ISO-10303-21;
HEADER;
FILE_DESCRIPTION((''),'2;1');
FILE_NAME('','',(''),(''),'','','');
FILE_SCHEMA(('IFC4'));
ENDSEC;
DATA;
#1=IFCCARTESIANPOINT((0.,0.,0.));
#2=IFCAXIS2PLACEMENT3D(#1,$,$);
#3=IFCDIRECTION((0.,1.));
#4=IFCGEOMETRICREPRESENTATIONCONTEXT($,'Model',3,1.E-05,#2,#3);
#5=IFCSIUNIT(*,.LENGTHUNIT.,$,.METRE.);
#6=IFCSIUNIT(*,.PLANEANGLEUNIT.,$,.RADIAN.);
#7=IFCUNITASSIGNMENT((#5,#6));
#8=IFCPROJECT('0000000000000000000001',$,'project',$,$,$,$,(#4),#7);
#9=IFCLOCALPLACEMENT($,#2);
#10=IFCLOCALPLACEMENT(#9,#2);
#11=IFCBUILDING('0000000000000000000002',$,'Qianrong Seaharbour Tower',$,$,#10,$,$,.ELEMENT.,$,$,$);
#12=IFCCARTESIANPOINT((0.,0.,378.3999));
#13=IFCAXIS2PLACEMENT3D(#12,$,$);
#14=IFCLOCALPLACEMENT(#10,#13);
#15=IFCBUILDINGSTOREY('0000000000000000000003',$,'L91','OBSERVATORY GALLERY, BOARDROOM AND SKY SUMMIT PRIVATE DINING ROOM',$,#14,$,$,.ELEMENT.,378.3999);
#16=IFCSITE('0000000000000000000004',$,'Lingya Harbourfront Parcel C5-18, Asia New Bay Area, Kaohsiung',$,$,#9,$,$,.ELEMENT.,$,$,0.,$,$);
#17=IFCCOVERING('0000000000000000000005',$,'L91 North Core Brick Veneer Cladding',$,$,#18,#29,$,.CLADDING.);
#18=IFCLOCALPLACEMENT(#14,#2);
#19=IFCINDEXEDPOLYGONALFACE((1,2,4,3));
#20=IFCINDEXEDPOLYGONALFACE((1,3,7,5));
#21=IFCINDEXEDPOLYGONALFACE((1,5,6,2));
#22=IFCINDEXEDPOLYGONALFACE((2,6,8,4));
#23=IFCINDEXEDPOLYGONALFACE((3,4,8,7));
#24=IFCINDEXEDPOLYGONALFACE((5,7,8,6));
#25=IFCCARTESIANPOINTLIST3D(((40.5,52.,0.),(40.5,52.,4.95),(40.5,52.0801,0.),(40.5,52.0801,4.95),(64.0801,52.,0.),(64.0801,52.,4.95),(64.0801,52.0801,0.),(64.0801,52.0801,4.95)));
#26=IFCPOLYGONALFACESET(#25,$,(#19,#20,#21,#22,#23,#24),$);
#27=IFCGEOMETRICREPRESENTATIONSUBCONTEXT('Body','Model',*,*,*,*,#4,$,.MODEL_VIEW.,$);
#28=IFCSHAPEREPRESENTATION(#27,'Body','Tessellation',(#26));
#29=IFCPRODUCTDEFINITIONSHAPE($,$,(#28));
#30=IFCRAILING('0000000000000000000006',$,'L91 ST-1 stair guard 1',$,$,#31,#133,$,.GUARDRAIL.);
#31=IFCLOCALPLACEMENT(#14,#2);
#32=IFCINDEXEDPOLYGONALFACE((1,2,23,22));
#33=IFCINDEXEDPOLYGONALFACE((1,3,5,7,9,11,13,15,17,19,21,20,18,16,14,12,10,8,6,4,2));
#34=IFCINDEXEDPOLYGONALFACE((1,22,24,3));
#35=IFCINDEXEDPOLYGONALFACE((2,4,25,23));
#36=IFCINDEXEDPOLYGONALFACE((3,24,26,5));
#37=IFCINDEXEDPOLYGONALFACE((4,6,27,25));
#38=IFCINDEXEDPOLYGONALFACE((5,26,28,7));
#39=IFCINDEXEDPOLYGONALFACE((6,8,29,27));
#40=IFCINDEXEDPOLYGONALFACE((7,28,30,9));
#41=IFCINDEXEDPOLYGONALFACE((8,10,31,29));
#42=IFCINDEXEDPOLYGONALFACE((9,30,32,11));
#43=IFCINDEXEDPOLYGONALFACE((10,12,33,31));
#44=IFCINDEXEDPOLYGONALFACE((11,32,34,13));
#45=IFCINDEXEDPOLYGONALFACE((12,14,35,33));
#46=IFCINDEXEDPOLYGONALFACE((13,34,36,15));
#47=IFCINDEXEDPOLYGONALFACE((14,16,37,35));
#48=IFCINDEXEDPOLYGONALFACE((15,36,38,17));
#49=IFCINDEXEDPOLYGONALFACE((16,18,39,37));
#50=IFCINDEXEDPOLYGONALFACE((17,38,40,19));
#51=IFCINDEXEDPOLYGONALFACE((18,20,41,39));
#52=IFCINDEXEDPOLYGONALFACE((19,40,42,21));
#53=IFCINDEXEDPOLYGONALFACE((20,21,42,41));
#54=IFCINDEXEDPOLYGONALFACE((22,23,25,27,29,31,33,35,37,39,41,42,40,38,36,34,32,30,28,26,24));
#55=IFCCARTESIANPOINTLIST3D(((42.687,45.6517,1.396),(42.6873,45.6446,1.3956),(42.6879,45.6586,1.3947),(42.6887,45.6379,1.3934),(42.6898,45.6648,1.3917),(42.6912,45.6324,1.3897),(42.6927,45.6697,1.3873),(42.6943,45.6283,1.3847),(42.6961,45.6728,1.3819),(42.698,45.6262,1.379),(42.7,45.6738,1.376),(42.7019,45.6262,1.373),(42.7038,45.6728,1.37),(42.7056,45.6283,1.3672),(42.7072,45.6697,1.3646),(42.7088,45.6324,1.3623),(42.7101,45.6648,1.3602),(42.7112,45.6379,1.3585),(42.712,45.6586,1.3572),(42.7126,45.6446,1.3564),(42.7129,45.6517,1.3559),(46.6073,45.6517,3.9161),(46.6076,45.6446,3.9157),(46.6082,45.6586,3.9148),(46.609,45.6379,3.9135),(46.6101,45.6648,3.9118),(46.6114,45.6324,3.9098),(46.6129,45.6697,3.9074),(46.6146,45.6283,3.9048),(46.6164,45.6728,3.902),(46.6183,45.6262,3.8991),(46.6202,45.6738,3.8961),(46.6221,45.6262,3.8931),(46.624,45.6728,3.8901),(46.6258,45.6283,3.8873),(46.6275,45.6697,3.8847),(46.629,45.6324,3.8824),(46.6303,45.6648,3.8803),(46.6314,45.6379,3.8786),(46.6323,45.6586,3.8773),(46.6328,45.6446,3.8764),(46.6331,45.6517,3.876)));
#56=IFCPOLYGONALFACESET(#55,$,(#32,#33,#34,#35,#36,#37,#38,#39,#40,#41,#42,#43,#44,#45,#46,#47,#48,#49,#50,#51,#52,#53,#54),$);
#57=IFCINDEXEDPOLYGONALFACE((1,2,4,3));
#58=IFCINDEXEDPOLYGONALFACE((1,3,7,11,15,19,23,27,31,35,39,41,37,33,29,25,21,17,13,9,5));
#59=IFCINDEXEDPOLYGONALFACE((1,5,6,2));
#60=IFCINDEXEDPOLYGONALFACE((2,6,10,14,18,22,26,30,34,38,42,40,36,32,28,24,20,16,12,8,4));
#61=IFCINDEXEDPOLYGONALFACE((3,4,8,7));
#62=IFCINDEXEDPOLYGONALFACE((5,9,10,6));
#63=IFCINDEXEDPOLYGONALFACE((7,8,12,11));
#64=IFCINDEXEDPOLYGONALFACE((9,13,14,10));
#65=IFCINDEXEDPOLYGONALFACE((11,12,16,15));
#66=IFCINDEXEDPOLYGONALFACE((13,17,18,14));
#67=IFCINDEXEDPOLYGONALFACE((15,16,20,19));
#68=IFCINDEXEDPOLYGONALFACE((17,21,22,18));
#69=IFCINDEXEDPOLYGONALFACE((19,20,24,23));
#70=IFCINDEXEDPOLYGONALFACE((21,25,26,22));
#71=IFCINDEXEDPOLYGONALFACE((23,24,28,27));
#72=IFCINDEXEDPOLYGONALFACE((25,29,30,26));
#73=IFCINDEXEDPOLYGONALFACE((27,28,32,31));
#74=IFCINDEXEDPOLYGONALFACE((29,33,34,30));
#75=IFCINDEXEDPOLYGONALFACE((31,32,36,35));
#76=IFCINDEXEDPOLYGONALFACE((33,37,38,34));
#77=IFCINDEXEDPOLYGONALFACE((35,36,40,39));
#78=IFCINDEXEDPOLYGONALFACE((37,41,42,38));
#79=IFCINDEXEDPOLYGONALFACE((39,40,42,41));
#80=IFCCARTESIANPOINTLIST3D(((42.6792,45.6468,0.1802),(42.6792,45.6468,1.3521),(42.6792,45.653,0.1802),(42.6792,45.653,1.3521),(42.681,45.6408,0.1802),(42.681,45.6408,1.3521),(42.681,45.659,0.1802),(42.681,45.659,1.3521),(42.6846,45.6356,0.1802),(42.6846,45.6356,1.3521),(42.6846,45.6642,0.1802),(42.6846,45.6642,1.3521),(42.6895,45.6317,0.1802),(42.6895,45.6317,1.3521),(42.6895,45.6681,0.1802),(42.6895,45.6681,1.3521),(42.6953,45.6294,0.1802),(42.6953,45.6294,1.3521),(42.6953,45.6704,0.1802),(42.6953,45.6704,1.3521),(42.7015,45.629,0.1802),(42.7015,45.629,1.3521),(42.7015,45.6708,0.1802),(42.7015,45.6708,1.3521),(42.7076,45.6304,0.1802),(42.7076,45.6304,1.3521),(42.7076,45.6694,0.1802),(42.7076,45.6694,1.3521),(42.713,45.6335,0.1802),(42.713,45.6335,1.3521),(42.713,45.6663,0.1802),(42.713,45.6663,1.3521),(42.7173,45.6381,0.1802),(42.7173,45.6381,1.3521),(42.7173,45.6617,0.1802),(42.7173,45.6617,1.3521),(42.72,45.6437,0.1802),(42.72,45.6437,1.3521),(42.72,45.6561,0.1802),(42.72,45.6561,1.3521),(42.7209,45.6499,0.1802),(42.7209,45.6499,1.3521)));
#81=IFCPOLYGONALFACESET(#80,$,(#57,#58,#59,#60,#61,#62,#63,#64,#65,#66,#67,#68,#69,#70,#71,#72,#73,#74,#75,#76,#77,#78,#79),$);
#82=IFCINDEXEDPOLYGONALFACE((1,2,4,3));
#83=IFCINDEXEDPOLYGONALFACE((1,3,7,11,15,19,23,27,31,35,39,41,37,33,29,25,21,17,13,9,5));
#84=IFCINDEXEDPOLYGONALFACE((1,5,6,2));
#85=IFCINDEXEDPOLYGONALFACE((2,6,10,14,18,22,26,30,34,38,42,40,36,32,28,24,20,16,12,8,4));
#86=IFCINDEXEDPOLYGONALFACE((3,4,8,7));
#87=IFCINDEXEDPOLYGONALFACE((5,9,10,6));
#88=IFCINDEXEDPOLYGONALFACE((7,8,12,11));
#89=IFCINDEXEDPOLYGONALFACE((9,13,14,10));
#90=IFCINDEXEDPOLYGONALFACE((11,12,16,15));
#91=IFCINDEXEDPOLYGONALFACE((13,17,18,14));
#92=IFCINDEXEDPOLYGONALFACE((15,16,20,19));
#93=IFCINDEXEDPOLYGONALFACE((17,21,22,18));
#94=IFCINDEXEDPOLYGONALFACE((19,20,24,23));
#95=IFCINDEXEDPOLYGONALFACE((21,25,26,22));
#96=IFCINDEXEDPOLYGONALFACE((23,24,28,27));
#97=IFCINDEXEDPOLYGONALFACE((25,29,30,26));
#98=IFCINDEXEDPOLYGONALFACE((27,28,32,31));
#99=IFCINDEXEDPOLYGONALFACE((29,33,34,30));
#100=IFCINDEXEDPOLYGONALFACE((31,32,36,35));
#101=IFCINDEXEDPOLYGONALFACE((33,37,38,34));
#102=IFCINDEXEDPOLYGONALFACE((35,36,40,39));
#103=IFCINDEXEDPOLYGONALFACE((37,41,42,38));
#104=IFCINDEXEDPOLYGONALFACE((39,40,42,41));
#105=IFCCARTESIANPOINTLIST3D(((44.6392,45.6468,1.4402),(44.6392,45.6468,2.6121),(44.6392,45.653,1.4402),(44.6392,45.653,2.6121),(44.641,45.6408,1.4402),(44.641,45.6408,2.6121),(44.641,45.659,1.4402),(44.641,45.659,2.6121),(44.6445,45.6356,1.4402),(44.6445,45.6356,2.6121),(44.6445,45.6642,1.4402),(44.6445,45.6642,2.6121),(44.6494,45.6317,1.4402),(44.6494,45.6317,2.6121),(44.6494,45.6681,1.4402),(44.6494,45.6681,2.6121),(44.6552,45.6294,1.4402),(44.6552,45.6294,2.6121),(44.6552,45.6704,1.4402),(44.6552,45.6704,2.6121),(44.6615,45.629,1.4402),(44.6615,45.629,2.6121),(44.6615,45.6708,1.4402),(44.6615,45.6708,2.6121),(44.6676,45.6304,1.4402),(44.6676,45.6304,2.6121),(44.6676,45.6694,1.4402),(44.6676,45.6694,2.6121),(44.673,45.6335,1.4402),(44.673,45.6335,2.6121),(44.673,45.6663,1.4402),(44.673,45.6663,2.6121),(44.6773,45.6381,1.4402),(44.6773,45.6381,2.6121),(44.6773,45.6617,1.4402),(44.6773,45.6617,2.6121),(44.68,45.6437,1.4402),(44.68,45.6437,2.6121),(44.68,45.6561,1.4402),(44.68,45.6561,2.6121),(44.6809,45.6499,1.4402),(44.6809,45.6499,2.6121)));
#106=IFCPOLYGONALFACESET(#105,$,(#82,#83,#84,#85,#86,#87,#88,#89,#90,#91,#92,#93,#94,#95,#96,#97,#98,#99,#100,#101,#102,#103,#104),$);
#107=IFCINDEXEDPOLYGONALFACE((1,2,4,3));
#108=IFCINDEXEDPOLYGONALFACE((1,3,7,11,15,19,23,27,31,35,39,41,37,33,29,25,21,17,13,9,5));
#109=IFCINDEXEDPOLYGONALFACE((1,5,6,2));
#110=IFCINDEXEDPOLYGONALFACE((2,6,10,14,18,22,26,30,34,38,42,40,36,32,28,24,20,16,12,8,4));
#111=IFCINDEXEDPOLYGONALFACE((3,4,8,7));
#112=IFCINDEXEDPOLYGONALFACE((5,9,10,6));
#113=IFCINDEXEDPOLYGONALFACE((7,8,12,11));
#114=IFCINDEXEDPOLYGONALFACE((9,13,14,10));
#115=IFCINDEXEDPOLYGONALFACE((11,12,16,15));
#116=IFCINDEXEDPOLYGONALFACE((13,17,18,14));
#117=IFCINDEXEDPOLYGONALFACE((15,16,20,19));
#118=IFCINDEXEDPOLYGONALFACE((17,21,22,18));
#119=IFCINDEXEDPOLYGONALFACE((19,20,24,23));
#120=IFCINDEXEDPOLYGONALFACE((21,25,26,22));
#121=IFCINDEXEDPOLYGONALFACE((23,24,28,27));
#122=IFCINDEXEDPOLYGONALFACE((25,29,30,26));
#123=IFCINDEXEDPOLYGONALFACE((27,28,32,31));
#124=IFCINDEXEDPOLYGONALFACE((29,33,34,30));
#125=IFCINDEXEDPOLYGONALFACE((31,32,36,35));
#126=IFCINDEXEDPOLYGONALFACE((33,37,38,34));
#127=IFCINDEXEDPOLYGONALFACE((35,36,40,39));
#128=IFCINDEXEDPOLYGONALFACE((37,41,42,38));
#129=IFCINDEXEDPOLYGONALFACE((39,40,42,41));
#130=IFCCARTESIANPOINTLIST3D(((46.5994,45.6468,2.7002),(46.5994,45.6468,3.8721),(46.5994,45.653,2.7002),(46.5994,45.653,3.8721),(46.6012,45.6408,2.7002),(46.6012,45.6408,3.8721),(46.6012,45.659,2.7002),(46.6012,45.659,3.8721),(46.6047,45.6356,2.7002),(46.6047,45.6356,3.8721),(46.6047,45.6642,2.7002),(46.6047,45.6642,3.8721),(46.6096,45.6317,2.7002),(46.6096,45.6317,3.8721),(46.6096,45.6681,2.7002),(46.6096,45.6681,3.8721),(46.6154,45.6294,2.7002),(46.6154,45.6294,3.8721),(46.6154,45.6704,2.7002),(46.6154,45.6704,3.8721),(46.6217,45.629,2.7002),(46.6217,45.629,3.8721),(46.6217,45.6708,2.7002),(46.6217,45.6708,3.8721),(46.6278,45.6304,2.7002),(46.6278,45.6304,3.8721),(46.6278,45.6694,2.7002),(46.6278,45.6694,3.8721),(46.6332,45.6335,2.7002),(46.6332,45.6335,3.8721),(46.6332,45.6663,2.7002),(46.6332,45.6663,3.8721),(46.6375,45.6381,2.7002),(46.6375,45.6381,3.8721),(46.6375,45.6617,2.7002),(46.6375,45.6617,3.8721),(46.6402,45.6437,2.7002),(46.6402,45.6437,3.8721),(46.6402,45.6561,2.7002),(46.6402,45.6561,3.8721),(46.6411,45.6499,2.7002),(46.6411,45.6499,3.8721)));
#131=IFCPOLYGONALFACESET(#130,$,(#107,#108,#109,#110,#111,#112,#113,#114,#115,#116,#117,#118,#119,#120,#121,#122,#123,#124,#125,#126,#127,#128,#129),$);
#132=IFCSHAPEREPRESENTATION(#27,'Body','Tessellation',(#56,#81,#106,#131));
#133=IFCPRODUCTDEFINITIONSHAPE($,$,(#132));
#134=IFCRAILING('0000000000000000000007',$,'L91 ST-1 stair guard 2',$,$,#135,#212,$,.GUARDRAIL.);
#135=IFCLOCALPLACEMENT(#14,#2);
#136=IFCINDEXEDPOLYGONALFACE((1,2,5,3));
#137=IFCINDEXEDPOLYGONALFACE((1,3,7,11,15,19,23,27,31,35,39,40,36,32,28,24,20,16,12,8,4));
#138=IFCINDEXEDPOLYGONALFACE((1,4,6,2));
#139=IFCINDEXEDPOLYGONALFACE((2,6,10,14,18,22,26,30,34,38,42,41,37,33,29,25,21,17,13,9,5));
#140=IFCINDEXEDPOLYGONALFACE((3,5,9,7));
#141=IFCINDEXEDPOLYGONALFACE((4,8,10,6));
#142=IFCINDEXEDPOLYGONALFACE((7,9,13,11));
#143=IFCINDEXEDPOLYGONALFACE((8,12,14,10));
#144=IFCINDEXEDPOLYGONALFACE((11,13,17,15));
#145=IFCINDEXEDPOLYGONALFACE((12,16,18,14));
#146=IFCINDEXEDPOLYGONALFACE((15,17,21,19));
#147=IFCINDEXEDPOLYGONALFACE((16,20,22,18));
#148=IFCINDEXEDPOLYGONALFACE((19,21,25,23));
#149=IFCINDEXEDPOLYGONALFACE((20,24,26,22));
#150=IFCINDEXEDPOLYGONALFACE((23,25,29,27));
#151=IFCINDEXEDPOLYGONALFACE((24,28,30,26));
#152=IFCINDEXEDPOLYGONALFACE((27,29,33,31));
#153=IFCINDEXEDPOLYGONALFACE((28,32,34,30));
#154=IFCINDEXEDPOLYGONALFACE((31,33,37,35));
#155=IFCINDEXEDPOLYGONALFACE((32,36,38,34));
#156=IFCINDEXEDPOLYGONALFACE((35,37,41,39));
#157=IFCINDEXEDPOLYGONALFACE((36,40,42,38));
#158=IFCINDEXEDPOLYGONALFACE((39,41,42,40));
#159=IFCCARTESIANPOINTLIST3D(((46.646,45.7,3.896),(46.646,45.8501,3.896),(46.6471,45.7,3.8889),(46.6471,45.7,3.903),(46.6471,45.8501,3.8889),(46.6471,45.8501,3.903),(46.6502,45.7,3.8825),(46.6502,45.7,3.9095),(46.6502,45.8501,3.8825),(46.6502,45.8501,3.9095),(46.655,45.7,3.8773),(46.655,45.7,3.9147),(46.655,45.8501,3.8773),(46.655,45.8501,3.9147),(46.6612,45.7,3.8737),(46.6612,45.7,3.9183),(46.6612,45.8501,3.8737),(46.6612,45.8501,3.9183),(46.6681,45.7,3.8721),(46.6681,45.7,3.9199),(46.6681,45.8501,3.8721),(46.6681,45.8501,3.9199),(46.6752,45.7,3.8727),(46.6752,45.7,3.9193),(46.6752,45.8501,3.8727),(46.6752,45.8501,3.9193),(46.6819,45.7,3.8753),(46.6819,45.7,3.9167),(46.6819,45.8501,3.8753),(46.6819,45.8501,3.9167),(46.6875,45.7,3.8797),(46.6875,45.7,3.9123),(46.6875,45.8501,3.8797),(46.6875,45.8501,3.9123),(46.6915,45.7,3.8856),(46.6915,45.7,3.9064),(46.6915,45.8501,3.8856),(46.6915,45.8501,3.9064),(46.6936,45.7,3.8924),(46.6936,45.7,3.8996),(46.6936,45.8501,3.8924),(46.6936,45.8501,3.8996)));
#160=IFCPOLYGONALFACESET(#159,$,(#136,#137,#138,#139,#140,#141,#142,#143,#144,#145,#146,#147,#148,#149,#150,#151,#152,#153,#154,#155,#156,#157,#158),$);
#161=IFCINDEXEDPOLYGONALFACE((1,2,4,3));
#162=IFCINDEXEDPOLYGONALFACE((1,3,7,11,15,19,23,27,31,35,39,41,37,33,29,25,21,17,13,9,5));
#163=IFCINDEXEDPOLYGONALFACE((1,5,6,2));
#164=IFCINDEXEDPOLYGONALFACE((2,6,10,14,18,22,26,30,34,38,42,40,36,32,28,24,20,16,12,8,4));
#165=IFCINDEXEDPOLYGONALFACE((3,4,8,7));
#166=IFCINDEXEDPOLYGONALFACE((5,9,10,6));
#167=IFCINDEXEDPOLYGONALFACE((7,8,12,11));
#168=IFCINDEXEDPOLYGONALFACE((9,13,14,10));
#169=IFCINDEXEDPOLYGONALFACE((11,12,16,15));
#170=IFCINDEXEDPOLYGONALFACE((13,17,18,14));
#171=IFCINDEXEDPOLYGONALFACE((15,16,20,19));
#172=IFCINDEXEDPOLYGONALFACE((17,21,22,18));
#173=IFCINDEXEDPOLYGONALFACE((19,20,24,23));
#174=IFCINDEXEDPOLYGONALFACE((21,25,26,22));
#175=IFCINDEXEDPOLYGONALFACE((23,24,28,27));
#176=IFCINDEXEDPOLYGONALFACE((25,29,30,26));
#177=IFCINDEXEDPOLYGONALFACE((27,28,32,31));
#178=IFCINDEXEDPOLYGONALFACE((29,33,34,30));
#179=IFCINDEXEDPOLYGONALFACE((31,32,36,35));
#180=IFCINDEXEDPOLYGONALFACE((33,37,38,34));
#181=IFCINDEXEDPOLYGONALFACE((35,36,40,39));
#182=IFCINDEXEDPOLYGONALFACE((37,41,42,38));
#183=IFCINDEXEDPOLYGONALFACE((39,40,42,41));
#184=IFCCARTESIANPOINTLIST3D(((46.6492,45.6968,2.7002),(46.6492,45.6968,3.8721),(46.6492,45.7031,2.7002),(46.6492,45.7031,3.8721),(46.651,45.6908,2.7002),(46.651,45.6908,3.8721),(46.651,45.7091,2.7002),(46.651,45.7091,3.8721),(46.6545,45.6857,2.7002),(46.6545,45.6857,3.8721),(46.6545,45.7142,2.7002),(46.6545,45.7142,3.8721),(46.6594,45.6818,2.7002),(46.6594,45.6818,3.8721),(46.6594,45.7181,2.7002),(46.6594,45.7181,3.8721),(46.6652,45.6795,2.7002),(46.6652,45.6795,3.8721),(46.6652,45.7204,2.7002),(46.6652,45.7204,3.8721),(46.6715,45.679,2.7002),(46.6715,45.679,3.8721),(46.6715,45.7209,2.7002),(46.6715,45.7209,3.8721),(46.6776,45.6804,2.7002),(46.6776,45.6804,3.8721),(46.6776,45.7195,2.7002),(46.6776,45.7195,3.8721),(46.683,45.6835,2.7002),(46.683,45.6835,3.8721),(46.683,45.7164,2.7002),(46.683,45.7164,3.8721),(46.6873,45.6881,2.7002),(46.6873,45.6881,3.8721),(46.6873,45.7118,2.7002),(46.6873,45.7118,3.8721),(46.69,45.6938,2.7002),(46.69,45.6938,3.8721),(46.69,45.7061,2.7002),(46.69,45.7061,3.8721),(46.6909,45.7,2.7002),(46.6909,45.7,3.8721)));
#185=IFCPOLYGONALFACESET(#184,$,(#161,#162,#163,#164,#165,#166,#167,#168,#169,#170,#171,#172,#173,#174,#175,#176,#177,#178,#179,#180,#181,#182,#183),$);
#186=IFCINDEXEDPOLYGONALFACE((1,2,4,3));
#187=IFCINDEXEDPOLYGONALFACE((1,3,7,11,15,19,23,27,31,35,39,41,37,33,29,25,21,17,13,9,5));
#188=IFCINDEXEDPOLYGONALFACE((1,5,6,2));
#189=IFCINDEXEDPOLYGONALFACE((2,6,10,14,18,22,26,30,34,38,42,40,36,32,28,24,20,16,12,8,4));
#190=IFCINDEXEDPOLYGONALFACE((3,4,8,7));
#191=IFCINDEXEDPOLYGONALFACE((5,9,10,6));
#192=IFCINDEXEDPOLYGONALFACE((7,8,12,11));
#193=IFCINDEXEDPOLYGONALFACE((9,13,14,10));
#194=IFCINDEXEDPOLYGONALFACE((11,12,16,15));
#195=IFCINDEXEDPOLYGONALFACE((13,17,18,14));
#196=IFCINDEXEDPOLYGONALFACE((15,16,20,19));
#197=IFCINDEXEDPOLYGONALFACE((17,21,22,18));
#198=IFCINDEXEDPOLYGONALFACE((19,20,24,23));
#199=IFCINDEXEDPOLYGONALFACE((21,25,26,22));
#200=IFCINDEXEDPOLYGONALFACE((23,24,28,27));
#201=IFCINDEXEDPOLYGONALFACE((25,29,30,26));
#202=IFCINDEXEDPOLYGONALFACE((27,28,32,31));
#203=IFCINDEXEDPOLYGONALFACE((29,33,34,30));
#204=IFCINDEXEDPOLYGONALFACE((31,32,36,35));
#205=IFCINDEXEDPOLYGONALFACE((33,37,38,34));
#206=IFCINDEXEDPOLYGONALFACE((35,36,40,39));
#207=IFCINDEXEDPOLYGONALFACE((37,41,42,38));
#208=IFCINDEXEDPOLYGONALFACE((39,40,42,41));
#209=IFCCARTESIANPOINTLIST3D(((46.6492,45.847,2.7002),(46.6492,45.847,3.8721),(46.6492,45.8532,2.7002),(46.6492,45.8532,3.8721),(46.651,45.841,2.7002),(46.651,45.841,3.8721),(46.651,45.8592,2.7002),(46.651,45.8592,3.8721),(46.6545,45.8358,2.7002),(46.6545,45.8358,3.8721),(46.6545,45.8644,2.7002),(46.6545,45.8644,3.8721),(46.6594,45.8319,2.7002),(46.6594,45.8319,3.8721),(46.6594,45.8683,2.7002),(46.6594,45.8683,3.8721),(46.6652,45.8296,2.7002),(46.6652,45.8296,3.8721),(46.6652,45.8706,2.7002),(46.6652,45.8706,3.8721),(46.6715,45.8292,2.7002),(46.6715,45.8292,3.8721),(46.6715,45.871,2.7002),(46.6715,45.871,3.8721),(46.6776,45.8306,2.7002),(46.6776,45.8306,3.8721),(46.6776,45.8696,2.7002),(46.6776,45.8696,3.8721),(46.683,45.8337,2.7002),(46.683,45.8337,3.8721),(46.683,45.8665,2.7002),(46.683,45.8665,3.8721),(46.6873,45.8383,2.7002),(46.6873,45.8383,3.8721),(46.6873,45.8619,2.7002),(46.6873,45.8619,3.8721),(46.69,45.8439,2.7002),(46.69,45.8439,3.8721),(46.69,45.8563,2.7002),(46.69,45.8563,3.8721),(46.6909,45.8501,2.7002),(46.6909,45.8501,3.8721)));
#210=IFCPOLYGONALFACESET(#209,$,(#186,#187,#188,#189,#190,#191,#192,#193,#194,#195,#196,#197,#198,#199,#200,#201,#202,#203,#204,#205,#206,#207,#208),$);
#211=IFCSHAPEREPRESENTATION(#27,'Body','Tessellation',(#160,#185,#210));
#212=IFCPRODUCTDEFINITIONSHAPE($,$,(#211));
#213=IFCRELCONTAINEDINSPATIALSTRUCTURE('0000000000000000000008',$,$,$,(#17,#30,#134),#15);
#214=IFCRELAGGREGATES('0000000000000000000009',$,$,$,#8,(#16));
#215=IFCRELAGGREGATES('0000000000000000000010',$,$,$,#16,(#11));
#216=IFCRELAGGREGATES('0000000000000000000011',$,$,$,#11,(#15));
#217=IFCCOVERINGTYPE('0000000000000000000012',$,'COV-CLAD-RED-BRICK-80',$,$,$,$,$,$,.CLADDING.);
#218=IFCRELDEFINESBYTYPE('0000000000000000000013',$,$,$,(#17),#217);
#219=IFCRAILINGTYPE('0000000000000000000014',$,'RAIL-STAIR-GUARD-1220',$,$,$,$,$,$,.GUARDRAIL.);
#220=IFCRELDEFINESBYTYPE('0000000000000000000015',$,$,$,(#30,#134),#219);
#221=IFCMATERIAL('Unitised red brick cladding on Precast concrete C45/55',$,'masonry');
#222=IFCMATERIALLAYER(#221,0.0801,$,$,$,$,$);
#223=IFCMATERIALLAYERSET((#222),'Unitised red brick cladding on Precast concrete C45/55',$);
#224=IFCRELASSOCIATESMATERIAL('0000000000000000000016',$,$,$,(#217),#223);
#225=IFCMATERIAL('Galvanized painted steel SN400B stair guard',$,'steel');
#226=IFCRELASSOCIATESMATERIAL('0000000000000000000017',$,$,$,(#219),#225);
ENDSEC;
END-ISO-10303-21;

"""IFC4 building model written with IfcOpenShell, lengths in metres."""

from ifc_helpers import new_model, si_unit, direction, frame, origin, origin_2d, place, context, subcontext, project, spatial, rectangle, circle, extrude, material, layer, layer_set, type_object, element, save


model = new_model("IFC4")

# Units and contexts
model_context = context("Model", 3, precision=1e-05, world=origin(), true_north=direction((0.0, 1.0)))
body_context = subcontext(model_context, "Body", "Model", "MODEL_VIEW")
ifc_project = project(units=[si_unit("LENGTHUNIT", "METRE"), si_unit("PLANEANGLEUNIT", "RADIAN")], contexts=[model_context])

# Site, building, storey
site_placement = place(None, origin())
site = spatial("IfcSite", under=ifc_project, at=site_placement, Name="Lingya Harbourfront Parcel C5-18, Asia New Bay Area, Kaohsiung", CompositionType="ELEMENT", RefElevation=0.0)
building_placement = place(site_placement, origin())
building = spatial("IfcBuilding", under=site, at=building_placement, Name="Qianrong Seaharbour Tower", CompositionType="ELEMENT")
storey_placement = place(building_placement, frame((0.0, 0.0, 378.3999)))
storey = spatial("IfcBuildingStorey", under=building, at=storey_placement, Name="L91", Description="OBSERVATORY GALLERY, BOARDROOM AND SKY SUMMIT PRIVATE DINING ROOM", CompositionType="ELEMENT", Elevation=378.3999)

# Covering
ifc_material_1 = material(Name="Unitised red brick cladding on Precast concrete C45/55", Category="masonry")
ifc_layer_1 = layer(ifc_material_1, 0.0801)
ifc_layer_set_1 = layer_set([ifc_layer_1], Name="Unitised red brick cladding on Precast concrete C45/55")
covering_type = type_object("IfcCoveringType", Name="COV-CLAD-RED-BRICK-80", PredefinedType="CLADDING", material=ifc_layer_set_1)
covering_placement = place(storey_placement, frame((52.29, 52.04, 0.0), z_axis=(0.0, 0.0, 1.0), x_axis=(1.0, 0.0, 0.0)))
element("IfcCovering", 1, at=covering_placement, inside=storey, type_object=covering_type, Name="L91 North Core Brick Veneer Cladding", PredefinedType="CLADDING", context=body_context, shape_type="SweptSolid", body=[
    extrude(rectangle(XDim=23.5801, YDim=0.0801, at=origin_2d()), origin(), (0.0, 0.0, 1.0), 4.95),
])

# Railings
ifc_material_2 = material(Name="Galvanized painted steel SN400B stair guard", Category="steel")
railing_type_1 = type_object("IfcRailingType", Name="RAIL-STAIR-GUARD-1220", PredefinedType="GUARDRAIL", material=ifc_material_2)
railing_1_placement = place(storey_placement, frame((42.7, 45.6499, 0.1802)))
element("IfcRailing", 2, at=railing_1_placement, inside=storey, type_object=railing_type_1, Name="L91 ST-1 stair guard 1", PredefinedType="GUARDRAIL", context=body_context, shape_type="SweptSolid", body=[
    extrude(circle(Radius=0.0239, at=origin_2d()), frame((0.0, 0.0, 1.1958), z_axis=(0.841187, 0.0, 0.540744), x_axis=(0.0, 1.0, 0.0)), (0.0, 0.0, 1.0), 4.6604),
    extrude(circle(Radius=0.021, at=origin_2d()), origin(), (0.0, 0.0, 1.0), 1.1719),
    extrude(circle(Radius=0.021, at=origin_2d()), frame((1.96, 0.0, 1.26)), (0.0, 0.0, 1.0), 1.1719),
    extrude(circle(Radius=0.021, at=origin_2d()), frame((3.9202, 0.0, 2.52)), (0.0, 0.0, 1.0), 1.1719),
])
railing_2_placement = place(storey_placement, frame((46.6699, 45.7, 2.7002)))
element("IfcRailing", 3, at=railing_2_placement, inside=storey, type_object=railing_type_1, Name="L91 ST-1 stair guard 2", PredefinedType="GUARDRAIL", context=body_context, shape_type="SweptSolid", body=[
    extrude(circle(Radius=0.0239, at=origin_2d()), frame((0.0, 0.0, 1.1958), z_axis=(0.0, 1.0, 0.0), x_axis=(-1.0, 0.0, 0.0)), (0.0, 0.0, 1.0), 0.1501),
    extrude(circle(Radius=0.021, at=origin_2d()), origin(), (0.0, 0.0, 1.0), 1.1719),
    extrude(circle(Radius=0.021, at=origin_2d()), frame((0.0, 0.1501, 0.0)), (0.0, 0.0, 1.0), 1.1719),
])

save(model, "model.ifc")
